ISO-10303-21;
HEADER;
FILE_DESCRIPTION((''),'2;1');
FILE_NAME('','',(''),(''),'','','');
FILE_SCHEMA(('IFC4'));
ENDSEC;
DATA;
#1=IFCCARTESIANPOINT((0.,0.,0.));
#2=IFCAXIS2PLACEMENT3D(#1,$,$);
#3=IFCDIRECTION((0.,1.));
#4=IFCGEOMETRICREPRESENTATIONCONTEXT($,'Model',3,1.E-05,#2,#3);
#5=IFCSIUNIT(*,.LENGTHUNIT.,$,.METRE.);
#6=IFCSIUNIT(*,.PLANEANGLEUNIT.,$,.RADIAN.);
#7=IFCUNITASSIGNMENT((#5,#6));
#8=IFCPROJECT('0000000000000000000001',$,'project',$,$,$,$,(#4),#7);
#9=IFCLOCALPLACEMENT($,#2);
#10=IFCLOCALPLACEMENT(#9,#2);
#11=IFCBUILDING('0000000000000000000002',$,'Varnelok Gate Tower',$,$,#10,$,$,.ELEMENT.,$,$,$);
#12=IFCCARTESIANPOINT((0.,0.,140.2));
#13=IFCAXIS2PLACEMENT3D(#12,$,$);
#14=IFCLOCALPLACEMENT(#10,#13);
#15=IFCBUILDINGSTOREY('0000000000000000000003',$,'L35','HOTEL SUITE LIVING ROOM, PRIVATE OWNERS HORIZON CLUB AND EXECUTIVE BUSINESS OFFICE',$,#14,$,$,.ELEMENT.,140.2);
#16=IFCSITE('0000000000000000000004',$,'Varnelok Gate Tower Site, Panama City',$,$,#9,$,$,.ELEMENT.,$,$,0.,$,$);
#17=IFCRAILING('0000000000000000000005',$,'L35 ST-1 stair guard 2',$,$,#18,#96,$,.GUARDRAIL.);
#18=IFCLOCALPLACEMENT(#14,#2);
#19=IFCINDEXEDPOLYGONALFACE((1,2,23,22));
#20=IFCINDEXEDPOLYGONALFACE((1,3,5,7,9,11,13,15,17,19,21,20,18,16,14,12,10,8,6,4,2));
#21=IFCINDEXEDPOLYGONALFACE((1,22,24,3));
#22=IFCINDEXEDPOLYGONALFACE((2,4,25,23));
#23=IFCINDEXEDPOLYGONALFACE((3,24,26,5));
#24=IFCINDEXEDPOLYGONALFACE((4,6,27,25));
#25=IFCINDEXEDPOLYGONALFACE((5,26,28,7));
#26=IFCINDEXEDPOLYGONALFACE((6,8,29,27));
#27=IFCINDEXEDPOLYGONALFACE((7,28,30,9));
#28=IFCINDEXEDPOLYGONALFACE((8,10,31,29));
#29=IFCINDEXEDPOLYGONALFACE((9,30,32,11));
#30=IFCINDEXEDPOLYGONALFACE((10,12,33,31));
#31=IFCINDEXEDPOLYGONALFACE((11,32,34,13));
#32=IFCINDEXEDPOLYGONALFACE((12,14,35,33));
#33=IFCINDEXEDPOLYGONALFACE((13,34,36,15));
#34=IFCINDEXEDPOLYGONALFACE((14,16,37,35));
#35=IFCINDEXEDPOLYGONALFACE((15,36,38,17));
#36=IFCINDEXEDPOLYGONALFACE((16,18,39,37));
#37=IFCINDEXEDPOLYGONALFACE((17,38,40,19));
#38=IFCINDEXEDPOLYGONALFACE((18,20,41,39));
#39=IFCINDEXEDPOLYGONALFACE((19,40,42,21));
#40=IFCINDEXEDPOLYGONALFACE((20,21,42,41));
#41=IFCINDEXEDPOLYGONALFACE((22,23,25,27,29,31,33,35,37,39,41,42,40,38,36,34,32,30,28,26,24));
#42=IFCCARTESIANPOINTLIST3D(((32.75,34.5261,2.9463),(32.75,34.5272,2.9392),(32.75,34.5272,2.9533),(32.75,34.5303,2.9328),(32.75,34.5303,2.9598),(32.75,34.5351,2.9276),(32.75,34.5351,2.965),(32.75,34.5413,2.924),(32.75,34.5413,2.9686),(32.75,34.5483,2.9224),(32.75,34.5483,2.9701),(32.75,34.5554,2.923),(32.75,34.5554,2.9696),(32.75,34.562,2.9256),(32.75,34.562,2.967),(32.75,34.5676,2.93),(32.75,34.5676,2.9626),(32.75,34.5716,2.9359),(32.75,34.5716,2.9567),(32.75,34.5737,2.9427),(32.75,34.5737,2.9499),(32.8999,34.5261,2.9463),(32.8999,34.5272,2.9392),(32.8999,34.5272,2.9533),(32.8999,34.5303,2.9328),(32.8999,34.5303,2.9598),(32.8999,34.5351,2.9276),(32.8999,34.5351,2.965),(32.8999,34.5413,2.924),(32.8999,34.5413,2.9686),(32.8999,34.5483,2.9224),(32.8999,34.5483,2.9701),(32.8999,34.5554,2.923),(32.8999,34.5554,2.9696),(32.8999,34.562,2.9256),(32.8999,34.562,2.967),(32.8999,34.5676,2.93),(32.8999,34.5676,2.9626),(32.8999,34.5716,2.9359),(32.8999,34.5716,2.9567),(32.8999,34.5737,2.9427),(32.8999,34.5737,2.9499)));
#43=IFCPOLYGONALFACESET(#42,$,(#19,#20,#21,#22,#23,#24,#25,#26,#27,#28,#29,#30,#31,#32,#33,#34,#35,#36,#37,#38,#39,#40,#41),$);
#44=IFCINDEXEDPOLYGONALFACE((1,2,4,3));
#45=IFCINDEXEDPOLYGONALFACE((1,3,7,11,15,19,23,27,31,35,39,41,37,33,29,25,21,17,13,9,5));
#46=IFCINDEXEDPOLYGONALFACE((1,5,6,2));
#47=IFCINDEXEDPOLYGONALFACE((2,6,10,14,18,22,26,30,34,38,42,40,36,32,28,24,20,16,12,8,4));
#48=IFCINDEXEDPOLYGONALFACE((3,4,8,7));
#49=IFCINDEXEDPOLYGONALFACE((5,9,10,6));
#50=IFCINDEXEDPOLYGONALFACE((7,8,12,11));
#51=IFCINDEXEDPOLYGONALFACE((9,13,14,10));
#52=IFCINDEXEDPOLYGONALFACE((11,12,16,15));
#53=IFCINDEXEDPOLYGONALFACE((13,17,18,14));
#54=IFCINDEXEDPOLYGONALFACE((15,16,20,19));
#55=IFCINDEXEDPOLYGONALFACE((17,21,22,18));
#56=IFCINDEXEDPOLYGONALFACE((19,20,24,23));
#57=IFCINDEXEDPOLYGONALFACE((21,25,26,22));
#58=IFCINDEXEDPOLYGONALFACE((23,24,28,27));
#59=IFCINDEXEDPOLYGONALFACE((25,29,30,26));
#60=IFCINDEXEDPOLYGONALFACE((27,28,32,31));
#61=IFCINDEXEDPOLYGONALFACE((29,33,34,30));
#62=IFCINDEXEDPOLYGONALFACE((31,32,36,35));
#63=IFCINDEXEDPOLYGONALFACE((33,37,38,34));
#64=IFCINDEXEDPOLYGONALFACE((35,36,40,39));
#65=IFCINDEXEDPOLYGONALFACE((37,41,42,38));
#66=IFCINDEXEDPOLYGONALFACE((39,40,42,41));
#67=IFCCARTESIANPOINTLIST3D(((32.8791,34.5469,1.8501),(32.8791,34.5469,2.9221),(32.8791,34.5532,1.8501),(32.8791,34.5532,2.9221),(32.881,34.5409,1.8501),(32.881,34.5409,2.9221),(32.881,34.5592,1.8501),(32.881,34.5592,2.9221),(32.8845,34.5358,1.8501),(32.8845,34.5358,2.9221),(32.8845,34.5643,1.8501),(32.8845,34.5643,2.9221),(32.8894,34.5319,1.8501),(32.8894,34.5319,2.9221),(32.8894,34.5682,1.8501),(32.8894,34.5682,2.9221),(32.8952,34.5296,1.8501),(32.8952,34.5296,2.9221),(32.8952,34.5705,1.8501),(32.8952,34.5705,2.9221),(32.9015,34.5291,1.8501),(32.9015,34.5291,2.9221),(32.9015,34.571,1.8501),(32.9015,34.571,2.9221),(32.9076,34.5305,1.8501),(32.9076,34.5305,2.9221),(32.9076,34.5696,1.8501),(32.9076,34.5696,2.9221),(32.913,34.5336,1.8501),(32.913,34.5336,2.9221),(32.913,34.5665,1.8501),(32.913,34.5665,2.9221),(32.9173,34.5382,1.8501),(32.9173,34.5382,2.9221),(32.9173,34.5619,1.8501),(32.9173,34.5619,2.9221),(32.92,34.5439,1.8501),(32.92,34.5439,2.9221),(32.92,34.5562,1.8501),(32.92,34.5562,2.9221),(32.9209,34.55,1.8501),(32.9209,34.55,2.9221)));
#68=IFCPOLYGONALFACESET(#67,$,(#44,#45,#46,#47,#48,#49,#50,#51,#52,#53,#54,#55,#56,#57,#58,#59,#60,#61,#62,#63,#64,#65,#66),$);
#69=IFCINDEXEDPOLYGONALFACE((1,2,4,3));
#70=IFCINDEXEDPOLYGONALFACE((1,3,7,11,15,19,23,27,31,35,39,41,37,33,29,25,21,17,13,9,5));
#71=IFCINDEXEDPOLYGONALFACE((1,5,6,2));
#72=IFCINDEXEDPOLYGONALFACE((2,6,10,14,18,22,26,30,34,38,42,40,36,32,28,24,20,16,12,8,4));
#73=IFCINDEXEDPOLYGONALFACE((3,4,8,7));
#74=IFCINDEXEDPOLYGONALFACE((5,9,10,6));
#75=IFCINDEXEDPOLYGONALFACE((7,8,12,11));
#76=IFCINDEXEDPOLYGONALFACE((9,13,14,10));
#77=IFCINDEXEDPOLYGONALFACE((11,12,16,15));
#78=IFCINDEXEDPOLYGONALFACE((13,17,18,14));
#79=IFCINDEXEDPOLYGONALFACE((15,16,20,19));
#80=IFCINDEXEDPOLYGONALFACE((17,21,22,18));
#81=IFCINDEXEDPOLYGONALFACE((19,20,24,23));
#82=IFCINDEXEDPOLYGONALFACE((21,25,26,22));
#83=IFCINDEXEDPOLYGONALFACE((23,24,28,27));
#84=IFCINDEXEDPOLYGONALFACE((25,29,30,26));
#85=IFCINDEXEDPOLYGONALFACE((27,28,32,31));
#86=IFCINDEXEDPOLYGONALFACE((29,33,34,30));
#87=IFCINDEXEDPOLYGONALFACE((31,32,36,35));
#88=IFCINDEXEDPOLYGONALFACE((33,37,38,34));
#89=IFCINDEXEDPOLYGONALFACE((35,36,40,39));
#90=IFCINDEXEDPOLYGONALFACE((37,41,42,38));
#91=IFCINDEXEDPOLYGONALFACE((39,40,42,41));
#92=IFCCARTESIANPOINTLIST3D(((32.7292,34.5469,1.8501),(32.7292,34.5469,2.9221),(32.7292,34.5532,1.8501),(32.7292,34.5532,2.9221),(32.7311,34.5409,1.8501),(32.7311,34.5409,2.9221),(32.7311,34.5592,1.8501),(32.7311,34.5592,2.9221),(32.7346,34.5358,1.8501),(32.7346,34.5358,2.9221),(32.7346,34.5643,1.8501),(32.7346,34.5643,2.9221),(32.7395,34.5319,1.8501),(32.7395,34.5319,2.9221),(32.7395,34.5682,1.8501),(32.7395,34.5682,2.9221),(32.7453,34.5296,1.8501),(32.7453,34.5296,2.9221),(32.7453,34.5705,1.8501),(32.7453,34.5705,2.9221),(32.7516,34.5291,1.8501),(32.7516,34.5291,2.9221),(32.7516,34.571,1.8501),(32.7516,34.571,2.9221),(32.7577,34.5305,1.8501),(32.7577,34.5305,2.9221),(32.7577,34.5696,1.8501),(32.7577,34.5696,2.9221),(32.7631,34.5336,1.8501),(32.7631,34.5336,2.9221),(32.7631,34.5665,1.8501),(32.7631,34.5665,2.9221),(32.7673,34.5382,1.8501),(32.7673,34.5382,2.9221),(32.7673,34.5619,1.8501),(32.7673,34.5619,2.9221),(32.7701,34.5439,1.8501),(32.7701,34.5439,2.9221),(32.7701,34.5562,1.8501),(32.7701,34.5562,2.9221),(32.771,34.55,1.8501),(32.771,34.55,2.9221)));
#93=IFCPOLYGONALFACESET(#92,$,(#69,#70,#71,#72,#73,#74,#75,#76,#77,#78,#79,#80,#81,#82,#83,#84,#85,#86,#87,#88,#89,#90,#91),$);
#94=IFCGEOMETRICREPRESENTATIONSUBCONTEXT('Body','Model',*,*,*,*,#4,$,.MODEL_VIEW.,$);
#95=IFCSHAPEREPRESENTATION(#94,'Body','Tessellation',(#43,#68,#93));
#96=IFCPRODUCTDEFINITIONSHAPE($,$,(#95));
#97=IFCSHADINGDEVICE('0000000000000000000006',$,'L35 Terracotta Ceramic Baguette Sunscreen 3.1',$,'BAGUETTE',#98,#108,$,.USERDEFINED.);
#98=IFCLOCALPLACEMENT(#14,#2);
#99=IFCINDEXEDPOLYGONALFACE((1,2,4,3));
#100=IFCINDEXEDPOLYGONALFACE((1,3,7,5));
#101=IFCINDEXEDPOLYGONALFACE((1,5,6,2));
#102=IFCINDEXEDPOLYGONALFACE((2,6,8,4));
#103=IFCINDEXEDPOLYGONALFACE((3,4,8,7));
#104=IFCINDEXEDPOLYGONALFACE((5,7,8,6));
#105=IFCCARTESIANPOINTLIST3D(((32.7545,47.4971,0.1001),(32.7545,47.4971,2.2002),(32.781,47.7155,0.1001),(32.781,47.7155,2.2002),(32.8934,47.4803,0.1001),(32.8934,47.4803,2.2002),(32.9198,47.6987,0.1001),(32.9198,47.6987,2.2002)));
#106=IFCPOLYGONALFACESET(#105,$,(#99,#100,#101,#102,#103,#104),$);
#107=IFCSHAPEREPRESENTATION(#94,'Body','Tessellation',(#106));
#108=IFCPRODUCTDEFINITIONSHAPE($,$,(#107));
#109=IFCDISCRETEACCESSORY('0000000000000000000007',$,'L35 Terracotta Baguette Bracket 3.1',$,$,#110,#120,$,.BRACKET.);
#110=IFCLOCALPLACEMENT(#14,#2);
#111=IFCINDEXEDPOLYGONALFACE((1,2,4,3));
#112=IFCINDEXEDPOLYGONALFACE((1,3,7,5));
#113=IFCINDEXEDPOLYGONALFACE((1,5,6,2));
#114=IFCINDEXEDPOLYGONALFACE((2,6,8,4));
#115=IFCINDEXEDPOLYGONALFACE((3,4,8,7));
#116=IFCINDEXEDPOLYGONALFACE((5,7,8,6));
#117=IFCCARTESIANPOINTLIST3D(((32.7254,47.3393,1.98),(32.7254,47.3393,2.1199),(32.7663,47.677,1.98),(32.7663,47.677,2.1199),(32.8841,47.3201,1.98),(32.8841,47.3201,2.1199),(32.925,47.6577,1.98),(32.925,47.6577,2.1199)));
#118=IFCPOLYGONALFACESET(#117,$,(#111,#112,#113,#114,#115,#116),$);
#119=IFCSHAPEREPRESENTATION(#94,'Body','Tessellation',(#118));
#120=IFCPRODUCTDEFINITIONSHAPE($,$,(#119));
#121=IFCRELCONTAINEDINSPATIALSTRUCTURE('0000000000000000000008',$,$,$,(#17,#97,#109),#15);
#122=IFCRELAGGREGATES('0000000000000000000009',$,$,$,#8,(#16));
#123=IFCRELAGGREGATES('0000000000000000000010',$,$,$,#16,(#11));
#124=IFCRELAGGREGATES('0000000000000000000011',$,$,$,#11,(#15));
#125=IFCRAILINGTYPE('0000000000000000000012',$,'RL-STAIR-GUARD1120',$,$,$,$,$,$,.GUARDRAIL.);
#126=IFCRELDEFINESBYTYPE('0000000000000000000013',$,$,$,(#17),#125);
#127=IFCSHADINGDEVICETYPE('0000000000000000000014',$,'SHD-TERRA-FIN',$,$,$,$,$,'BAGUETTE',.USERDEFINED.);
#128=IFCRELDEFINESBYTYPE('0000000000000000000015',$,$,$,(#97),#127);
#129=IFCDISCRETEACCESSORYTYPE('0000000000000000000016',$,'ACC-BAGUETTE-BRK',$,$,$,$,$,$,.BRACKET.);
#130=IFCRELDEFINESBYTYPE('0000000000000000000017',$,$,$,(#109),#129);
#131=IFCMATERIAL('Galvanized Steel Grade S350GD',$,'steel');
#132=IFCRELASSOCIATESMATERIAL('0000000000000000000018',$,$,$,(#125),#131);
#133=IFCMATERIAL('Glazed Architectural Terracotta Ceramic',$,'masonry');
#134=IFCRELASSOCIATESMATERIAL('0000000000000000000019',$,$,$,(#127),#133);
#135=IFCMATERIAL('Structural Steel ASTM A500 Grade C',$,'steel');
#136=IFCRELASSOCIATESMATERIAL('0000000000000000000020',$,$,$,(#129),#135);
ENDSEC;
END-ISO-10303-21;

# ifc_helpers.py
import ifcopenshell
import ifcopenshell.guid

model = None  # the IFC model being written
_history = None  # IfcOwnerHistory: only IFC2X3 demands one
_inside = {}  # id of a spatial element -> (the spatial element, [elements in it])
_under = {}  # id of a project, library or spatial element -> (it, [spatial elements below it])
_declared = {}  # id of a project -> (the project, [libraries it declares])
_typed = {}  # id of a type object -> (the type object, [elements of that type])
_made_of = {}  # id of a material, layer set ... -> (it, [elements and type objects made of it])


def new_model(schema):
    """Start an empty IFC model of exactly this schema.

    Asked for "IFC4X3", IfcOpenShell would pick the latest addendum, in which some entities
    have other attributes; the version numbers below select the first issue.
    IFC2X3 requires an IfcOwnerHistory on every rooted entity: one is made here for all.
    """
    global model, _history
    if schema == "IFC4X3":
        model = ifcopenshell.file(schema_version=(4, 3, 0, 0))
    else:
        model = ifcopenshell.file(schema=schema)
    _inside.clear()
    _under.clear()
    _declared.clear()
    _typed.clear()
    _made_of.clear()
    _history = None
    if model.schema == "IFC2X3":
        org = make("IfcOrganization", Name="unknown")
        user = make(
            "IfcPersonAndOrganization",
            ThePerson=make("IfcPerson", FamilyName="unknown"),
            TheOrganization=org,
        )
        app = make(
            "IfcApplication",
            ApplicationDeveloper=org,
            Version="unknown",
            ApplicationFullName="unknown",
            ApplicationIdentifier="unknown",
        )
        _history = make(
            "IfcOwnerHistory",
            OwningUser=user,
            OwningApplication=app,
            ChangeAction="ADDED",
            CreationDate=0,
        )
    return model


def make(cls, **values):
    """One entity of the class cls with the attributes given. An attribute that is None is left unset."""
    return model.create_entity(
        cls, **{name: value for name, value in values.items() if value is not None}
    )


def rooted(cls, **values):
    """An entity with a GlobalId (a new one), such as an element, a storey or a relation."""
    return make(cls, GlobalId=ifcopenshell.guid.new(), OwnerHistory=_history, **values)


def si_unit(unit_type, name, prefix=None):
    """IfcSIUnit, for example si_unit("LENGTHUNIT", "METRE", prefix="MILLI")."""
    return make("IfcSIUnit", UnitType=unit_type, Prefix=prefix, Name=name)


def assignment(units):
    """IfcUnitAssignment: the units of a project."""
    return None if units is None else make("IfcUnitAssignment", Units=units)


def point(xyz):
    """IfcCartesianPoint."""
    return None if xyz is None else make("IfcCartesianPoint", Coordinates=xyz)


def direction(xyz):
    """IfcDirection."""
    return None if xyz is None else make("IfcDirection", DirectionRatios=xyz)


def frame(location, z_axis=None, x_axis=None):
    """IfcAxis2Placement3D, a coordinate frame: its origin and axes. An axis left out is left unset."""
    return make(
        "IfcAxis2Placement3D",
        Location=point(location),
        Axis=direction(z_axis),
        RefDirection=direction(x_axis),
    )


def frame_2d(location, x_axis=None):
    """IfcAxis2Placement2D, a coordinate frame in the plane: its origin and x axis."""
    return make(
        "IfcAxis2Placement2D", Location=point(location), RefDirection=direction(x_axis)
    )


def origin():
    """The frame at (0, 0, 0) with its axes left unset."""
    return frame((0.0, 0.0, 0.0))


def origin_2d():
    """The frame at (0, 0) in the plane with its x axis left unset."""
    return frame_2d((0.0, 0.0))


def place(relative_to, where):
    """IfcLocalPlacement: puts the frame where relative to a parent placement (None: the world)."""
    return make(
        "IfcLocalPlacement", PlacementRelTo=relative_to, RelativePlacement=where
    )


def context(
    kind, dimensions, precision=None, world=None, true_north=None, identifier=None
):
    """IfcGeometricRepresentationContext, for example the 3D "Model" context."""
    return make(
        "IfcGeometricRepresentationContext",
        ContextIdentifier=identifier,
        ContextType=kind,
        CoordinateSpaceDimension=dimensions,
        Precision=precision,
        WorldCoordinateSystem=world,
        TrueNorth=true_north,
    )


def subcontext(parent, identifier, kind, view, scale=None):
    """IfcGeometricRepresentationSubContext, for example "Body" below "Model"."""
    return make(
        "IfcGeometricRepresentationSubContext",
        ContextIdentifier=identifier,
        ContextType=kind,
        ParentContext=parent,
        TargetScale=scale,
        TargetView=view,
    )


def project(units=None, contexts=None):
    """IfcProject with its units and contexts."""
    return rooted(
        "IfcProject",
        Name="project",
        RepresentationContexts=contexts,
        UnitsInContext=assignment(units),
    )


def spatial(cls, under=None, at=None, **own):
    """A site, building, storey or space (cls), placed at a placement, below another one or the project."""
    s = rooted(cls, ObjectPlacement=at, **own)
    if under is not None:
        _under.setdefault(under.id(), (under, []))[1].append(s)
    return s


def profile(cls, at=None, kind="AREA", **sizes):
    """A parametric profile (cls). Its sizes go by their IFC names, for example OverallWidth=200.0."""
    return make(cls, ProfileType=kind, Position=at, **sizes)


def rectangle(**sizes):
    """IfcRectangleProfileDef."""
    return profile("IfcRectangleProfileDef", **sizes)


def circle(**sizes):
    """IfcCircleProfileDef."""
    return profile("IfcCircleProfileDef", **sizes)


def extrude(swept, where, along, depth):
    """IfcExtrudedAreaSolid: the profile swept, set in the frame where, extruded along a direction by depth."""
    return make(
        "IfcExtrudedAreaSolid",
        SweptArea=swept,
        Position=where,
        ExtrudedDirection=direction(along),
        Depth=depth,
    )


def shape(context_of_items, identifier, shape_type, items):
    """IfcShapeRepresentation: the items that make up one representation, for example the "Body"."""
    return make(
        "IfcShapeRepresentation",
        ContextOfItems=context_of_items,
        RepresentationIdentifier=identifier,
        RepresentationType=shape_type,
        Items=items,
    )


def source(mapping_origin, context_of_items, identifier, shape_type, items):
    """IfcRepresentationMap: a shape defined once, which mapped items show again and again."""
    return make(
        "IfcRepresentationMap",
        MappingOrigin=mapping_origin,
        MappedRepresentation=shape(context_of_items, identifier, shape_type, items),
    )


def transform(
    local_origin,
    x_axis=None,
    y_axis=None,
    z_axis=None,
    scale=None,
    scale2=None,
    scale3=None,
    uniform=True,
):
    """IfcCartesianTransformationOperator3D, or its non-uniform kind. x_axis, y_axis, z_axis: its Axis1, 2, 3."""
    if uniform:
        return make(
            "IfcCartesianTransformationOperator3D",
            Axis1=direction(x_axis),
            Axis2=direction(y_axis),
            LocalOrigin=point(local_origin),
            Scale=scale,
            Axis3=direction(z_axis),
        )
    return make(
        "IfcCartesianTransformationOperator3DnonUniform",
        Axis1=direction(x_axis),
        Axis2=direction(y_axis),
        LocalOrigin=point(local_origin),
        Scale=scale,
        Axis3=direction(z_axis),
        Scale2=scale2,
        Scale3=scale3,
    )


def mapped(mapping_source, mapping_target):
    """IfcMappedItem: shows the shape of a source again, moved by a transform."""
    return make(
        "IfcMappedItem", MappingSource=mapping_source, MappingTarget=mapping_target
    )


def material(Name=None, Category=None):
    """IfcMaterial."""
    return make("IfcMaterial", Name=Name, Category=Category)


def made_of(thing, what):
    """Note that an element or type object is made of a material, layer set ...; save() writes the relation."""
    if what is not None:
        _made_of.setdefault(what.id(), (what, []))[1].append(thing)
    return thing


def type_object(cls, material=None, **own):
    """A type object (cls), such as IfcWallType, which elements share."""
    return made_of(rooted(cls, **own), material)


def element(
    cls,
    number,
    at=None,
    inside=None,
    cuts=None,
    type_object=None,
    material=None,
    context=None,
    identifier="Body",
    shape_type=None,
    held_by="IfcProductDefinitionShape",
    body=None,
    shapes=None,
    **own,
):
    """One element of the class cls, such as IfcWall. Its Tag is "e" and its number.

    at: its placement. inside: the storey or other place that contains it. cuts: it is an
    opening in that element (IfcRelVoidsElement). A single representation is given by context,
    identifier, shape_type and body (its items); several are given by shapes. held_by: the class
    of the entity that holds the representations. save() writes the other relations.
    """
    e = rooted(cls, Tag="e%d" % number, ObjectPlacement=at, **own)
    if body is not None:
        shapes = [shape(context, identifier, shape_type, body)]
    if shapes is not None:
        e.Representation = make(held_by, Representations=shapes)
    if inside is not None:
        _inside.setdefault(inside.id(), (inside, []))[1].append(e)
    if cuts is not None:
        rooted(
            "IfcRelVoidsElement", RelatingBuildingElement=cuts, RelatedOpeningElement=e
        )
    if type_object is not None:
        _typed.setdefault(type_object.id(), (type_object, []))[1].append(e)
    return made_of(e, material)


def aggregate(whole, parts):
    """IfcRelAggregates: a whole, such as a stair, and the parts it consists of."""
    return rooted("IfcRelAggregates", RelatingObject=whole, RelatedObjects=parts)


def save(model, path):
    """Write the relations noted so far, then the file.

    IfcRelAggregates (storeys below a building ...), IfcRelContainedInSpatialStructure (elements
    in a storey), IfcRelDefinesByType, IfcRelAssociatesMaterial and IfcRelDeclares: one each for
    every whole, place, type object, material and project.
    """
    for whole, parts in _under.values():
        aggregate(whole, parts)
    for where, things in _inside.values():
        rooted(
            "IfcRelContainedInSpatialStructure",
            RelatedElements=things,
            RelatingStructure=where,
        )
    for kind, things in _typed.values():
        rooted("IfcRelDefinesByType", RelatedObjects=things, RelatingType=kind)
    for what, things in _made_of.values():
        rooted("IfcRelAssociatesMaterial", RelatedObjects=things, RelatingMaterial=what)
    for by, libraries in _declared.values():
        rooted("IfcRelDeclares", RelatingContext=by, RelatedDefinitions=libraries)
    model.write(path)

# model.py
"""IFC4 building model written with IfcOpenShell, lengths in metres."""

from ifc_helpers import new_model, si_unit, direction, frame, origin, origin_2d, place, context, subcontext, project, spatial, rectangle, circle, extrude, source, transform, mapped, material, type_object, element, save


model = new_model("IFC4")

# Units and contexts
model_context = context("Model", 3, precision=1e-05, world=origin(), true_north=direction((0.0, 1.0)))
body_context = subcontext(model_context, "Body", "Model", "MODEL_VIEW")
ifc_project = project(units=[si_unit("LENGTHUNIT", "METRE"), si_unit("PLANEANGLEUNIT", "RADIAN")], contexts=[model_context])

# Site, building, storey
site_placement = place(None, origin())
site = spatial("IfcSite", under=ifc_project, at=site_placement, Name="Varnelok Gate Tower Site, Panama City", CompositionType="ELEMENT", RefElevation=0.0)
building_placement = place(site_placement, origin())
building = spatial("IfcBuilding", under=site, at=building_placement, Name="Varnelok Gate Tower", CompositionType="ELEMENT")
storey_placement = place(building_placement, frame((0.0, 0.0, 140.2)))
storey = spatial("IfcBuildingStorey", under=building, at=storey_placement, Name="L35", Description="HOTEL SUITE LIVING ROOM, PRIVATE OWNERS HORIZON CLUB AND EXECUTIVE BUSINESS OFFICE", CompositionType="ELEMENT", Elevation=140.2)

# Railing
ifc_material_1 = material(Name="Galvanized Steel Grade S350GD", Category="steel")
railing_type_1 = type_object("IfcRailingType", Name="RL-STAIR-GUARD1120", PredefinedType="GUARDRAIL", material=ifc_material_1)
railing_1_placement = place(storey_placement, frame((32.8999, 34.55, 1.8501)))
element("IfcRailing", 1, at=railing_1_placement, inside=storey, type_object=railing_type_1, Name="L35 ST-1 stair guard 2", PredefinedType="GUARDRAIL", context=body_context, shape_type="SweptSolid", body=[
    extrude(circle(Radius=0.0239, at=origin_2d()), frame((0.0, 0.0, 1.0962), z_axis=(-1.0, 0.0, 0.0), x_axis=(0.0, -1.0, 0.0)), (0.0, 0.0, 1.0), 0.1499),
    extrude(circle(Radius=0.021, at=origin_2d()), origin(), (0.0, 0.0, 1.0), 1.072),
    extrude(circle(Radius=0.021, at=origin_2d()), frame((-0.1499, 0.0, 0.0)), (0.0, 0.0, 1.0), 1.072),
])

# Shading device
ifc_material_2 = material(Name="Glazed Architectural Terracotta Ceramic", Category="masonry")
shading_device_type = type_object("IfcShadingDeviceType", Name="SHD-TERRA-FIN", ElementType="BAGUETTE", PredefinedType="USERDEFINED", material=ifc_material_2)
shared_shape_1 = source(origin(), body_context, "Body", "SweptSolid", [
    extrude(rectangle(XDim=0.1399, YDim=0.22, at=origin_2d()), origin(), (0.0, 0.0, 1.0), 2.1001),
])
shading_device_placement = place(storey_placement, frame((32.8372, 47.5979, 0.1001), z_axis=(0.0, 0.0, 1.0), x_axis=(0.992732, -0.120345, 0.0)))
element("IfcShadingDevice", 2, at=shading_device_placement, inside=storey, type_object=shading_device_type, Name="L35 Terracotta Ceramic Baguette Sunscreen 3.1", ObjectType="BAGUETTE", PredefinedType="USERDEFINED", context=body_context, shape_type="MappedRepresentation", body=[
    mapped(shared_shape_1, transform((0.0, 0.0, 0.0), scale=1.0)),
])

# Discrete accessory
ifc_material_3 = material(Name="Structural Steel ASTM A500 Grade C", Category="steel")
discrete_accessory_type = type_object("IfcDiscreteAccessoryType", Name="ACC-BAGUETTE-BRK", PredefinedType="BRACKET", material=ifc_material_3)
shared_shape_2 = source(origin(), body_context, "Body", "SweptSolid", [
    extrude(rectangle(XDim=0.1599, YDim=0.3401, at=origin_2d()), origin(), (0.0, 0.0, 1.0), 0.1399),
])
discrete_accessory_placement = place(storey_placement, frame((32.8252, 47.4985, 1.98), z_axis=(0.0, 0.0, 1.0), x_axis=(0.992732, -0.120345, 0.0)))
element("IfcDiscreteAccessory", 3, at=discrete_accessory_placement, inside=storey, type_object=discrete_accessory_type, Name="L35 Terracotta Baguette Bracket 3.1", PredefinedType="BRACKET", context=body_context, shape_type="MappedRepresentation", body=[
    mapped(shared_shape_2, transform((0.0, 0.0, 0.0), scale=1.0)),
])

save(model, "model.ifc")
